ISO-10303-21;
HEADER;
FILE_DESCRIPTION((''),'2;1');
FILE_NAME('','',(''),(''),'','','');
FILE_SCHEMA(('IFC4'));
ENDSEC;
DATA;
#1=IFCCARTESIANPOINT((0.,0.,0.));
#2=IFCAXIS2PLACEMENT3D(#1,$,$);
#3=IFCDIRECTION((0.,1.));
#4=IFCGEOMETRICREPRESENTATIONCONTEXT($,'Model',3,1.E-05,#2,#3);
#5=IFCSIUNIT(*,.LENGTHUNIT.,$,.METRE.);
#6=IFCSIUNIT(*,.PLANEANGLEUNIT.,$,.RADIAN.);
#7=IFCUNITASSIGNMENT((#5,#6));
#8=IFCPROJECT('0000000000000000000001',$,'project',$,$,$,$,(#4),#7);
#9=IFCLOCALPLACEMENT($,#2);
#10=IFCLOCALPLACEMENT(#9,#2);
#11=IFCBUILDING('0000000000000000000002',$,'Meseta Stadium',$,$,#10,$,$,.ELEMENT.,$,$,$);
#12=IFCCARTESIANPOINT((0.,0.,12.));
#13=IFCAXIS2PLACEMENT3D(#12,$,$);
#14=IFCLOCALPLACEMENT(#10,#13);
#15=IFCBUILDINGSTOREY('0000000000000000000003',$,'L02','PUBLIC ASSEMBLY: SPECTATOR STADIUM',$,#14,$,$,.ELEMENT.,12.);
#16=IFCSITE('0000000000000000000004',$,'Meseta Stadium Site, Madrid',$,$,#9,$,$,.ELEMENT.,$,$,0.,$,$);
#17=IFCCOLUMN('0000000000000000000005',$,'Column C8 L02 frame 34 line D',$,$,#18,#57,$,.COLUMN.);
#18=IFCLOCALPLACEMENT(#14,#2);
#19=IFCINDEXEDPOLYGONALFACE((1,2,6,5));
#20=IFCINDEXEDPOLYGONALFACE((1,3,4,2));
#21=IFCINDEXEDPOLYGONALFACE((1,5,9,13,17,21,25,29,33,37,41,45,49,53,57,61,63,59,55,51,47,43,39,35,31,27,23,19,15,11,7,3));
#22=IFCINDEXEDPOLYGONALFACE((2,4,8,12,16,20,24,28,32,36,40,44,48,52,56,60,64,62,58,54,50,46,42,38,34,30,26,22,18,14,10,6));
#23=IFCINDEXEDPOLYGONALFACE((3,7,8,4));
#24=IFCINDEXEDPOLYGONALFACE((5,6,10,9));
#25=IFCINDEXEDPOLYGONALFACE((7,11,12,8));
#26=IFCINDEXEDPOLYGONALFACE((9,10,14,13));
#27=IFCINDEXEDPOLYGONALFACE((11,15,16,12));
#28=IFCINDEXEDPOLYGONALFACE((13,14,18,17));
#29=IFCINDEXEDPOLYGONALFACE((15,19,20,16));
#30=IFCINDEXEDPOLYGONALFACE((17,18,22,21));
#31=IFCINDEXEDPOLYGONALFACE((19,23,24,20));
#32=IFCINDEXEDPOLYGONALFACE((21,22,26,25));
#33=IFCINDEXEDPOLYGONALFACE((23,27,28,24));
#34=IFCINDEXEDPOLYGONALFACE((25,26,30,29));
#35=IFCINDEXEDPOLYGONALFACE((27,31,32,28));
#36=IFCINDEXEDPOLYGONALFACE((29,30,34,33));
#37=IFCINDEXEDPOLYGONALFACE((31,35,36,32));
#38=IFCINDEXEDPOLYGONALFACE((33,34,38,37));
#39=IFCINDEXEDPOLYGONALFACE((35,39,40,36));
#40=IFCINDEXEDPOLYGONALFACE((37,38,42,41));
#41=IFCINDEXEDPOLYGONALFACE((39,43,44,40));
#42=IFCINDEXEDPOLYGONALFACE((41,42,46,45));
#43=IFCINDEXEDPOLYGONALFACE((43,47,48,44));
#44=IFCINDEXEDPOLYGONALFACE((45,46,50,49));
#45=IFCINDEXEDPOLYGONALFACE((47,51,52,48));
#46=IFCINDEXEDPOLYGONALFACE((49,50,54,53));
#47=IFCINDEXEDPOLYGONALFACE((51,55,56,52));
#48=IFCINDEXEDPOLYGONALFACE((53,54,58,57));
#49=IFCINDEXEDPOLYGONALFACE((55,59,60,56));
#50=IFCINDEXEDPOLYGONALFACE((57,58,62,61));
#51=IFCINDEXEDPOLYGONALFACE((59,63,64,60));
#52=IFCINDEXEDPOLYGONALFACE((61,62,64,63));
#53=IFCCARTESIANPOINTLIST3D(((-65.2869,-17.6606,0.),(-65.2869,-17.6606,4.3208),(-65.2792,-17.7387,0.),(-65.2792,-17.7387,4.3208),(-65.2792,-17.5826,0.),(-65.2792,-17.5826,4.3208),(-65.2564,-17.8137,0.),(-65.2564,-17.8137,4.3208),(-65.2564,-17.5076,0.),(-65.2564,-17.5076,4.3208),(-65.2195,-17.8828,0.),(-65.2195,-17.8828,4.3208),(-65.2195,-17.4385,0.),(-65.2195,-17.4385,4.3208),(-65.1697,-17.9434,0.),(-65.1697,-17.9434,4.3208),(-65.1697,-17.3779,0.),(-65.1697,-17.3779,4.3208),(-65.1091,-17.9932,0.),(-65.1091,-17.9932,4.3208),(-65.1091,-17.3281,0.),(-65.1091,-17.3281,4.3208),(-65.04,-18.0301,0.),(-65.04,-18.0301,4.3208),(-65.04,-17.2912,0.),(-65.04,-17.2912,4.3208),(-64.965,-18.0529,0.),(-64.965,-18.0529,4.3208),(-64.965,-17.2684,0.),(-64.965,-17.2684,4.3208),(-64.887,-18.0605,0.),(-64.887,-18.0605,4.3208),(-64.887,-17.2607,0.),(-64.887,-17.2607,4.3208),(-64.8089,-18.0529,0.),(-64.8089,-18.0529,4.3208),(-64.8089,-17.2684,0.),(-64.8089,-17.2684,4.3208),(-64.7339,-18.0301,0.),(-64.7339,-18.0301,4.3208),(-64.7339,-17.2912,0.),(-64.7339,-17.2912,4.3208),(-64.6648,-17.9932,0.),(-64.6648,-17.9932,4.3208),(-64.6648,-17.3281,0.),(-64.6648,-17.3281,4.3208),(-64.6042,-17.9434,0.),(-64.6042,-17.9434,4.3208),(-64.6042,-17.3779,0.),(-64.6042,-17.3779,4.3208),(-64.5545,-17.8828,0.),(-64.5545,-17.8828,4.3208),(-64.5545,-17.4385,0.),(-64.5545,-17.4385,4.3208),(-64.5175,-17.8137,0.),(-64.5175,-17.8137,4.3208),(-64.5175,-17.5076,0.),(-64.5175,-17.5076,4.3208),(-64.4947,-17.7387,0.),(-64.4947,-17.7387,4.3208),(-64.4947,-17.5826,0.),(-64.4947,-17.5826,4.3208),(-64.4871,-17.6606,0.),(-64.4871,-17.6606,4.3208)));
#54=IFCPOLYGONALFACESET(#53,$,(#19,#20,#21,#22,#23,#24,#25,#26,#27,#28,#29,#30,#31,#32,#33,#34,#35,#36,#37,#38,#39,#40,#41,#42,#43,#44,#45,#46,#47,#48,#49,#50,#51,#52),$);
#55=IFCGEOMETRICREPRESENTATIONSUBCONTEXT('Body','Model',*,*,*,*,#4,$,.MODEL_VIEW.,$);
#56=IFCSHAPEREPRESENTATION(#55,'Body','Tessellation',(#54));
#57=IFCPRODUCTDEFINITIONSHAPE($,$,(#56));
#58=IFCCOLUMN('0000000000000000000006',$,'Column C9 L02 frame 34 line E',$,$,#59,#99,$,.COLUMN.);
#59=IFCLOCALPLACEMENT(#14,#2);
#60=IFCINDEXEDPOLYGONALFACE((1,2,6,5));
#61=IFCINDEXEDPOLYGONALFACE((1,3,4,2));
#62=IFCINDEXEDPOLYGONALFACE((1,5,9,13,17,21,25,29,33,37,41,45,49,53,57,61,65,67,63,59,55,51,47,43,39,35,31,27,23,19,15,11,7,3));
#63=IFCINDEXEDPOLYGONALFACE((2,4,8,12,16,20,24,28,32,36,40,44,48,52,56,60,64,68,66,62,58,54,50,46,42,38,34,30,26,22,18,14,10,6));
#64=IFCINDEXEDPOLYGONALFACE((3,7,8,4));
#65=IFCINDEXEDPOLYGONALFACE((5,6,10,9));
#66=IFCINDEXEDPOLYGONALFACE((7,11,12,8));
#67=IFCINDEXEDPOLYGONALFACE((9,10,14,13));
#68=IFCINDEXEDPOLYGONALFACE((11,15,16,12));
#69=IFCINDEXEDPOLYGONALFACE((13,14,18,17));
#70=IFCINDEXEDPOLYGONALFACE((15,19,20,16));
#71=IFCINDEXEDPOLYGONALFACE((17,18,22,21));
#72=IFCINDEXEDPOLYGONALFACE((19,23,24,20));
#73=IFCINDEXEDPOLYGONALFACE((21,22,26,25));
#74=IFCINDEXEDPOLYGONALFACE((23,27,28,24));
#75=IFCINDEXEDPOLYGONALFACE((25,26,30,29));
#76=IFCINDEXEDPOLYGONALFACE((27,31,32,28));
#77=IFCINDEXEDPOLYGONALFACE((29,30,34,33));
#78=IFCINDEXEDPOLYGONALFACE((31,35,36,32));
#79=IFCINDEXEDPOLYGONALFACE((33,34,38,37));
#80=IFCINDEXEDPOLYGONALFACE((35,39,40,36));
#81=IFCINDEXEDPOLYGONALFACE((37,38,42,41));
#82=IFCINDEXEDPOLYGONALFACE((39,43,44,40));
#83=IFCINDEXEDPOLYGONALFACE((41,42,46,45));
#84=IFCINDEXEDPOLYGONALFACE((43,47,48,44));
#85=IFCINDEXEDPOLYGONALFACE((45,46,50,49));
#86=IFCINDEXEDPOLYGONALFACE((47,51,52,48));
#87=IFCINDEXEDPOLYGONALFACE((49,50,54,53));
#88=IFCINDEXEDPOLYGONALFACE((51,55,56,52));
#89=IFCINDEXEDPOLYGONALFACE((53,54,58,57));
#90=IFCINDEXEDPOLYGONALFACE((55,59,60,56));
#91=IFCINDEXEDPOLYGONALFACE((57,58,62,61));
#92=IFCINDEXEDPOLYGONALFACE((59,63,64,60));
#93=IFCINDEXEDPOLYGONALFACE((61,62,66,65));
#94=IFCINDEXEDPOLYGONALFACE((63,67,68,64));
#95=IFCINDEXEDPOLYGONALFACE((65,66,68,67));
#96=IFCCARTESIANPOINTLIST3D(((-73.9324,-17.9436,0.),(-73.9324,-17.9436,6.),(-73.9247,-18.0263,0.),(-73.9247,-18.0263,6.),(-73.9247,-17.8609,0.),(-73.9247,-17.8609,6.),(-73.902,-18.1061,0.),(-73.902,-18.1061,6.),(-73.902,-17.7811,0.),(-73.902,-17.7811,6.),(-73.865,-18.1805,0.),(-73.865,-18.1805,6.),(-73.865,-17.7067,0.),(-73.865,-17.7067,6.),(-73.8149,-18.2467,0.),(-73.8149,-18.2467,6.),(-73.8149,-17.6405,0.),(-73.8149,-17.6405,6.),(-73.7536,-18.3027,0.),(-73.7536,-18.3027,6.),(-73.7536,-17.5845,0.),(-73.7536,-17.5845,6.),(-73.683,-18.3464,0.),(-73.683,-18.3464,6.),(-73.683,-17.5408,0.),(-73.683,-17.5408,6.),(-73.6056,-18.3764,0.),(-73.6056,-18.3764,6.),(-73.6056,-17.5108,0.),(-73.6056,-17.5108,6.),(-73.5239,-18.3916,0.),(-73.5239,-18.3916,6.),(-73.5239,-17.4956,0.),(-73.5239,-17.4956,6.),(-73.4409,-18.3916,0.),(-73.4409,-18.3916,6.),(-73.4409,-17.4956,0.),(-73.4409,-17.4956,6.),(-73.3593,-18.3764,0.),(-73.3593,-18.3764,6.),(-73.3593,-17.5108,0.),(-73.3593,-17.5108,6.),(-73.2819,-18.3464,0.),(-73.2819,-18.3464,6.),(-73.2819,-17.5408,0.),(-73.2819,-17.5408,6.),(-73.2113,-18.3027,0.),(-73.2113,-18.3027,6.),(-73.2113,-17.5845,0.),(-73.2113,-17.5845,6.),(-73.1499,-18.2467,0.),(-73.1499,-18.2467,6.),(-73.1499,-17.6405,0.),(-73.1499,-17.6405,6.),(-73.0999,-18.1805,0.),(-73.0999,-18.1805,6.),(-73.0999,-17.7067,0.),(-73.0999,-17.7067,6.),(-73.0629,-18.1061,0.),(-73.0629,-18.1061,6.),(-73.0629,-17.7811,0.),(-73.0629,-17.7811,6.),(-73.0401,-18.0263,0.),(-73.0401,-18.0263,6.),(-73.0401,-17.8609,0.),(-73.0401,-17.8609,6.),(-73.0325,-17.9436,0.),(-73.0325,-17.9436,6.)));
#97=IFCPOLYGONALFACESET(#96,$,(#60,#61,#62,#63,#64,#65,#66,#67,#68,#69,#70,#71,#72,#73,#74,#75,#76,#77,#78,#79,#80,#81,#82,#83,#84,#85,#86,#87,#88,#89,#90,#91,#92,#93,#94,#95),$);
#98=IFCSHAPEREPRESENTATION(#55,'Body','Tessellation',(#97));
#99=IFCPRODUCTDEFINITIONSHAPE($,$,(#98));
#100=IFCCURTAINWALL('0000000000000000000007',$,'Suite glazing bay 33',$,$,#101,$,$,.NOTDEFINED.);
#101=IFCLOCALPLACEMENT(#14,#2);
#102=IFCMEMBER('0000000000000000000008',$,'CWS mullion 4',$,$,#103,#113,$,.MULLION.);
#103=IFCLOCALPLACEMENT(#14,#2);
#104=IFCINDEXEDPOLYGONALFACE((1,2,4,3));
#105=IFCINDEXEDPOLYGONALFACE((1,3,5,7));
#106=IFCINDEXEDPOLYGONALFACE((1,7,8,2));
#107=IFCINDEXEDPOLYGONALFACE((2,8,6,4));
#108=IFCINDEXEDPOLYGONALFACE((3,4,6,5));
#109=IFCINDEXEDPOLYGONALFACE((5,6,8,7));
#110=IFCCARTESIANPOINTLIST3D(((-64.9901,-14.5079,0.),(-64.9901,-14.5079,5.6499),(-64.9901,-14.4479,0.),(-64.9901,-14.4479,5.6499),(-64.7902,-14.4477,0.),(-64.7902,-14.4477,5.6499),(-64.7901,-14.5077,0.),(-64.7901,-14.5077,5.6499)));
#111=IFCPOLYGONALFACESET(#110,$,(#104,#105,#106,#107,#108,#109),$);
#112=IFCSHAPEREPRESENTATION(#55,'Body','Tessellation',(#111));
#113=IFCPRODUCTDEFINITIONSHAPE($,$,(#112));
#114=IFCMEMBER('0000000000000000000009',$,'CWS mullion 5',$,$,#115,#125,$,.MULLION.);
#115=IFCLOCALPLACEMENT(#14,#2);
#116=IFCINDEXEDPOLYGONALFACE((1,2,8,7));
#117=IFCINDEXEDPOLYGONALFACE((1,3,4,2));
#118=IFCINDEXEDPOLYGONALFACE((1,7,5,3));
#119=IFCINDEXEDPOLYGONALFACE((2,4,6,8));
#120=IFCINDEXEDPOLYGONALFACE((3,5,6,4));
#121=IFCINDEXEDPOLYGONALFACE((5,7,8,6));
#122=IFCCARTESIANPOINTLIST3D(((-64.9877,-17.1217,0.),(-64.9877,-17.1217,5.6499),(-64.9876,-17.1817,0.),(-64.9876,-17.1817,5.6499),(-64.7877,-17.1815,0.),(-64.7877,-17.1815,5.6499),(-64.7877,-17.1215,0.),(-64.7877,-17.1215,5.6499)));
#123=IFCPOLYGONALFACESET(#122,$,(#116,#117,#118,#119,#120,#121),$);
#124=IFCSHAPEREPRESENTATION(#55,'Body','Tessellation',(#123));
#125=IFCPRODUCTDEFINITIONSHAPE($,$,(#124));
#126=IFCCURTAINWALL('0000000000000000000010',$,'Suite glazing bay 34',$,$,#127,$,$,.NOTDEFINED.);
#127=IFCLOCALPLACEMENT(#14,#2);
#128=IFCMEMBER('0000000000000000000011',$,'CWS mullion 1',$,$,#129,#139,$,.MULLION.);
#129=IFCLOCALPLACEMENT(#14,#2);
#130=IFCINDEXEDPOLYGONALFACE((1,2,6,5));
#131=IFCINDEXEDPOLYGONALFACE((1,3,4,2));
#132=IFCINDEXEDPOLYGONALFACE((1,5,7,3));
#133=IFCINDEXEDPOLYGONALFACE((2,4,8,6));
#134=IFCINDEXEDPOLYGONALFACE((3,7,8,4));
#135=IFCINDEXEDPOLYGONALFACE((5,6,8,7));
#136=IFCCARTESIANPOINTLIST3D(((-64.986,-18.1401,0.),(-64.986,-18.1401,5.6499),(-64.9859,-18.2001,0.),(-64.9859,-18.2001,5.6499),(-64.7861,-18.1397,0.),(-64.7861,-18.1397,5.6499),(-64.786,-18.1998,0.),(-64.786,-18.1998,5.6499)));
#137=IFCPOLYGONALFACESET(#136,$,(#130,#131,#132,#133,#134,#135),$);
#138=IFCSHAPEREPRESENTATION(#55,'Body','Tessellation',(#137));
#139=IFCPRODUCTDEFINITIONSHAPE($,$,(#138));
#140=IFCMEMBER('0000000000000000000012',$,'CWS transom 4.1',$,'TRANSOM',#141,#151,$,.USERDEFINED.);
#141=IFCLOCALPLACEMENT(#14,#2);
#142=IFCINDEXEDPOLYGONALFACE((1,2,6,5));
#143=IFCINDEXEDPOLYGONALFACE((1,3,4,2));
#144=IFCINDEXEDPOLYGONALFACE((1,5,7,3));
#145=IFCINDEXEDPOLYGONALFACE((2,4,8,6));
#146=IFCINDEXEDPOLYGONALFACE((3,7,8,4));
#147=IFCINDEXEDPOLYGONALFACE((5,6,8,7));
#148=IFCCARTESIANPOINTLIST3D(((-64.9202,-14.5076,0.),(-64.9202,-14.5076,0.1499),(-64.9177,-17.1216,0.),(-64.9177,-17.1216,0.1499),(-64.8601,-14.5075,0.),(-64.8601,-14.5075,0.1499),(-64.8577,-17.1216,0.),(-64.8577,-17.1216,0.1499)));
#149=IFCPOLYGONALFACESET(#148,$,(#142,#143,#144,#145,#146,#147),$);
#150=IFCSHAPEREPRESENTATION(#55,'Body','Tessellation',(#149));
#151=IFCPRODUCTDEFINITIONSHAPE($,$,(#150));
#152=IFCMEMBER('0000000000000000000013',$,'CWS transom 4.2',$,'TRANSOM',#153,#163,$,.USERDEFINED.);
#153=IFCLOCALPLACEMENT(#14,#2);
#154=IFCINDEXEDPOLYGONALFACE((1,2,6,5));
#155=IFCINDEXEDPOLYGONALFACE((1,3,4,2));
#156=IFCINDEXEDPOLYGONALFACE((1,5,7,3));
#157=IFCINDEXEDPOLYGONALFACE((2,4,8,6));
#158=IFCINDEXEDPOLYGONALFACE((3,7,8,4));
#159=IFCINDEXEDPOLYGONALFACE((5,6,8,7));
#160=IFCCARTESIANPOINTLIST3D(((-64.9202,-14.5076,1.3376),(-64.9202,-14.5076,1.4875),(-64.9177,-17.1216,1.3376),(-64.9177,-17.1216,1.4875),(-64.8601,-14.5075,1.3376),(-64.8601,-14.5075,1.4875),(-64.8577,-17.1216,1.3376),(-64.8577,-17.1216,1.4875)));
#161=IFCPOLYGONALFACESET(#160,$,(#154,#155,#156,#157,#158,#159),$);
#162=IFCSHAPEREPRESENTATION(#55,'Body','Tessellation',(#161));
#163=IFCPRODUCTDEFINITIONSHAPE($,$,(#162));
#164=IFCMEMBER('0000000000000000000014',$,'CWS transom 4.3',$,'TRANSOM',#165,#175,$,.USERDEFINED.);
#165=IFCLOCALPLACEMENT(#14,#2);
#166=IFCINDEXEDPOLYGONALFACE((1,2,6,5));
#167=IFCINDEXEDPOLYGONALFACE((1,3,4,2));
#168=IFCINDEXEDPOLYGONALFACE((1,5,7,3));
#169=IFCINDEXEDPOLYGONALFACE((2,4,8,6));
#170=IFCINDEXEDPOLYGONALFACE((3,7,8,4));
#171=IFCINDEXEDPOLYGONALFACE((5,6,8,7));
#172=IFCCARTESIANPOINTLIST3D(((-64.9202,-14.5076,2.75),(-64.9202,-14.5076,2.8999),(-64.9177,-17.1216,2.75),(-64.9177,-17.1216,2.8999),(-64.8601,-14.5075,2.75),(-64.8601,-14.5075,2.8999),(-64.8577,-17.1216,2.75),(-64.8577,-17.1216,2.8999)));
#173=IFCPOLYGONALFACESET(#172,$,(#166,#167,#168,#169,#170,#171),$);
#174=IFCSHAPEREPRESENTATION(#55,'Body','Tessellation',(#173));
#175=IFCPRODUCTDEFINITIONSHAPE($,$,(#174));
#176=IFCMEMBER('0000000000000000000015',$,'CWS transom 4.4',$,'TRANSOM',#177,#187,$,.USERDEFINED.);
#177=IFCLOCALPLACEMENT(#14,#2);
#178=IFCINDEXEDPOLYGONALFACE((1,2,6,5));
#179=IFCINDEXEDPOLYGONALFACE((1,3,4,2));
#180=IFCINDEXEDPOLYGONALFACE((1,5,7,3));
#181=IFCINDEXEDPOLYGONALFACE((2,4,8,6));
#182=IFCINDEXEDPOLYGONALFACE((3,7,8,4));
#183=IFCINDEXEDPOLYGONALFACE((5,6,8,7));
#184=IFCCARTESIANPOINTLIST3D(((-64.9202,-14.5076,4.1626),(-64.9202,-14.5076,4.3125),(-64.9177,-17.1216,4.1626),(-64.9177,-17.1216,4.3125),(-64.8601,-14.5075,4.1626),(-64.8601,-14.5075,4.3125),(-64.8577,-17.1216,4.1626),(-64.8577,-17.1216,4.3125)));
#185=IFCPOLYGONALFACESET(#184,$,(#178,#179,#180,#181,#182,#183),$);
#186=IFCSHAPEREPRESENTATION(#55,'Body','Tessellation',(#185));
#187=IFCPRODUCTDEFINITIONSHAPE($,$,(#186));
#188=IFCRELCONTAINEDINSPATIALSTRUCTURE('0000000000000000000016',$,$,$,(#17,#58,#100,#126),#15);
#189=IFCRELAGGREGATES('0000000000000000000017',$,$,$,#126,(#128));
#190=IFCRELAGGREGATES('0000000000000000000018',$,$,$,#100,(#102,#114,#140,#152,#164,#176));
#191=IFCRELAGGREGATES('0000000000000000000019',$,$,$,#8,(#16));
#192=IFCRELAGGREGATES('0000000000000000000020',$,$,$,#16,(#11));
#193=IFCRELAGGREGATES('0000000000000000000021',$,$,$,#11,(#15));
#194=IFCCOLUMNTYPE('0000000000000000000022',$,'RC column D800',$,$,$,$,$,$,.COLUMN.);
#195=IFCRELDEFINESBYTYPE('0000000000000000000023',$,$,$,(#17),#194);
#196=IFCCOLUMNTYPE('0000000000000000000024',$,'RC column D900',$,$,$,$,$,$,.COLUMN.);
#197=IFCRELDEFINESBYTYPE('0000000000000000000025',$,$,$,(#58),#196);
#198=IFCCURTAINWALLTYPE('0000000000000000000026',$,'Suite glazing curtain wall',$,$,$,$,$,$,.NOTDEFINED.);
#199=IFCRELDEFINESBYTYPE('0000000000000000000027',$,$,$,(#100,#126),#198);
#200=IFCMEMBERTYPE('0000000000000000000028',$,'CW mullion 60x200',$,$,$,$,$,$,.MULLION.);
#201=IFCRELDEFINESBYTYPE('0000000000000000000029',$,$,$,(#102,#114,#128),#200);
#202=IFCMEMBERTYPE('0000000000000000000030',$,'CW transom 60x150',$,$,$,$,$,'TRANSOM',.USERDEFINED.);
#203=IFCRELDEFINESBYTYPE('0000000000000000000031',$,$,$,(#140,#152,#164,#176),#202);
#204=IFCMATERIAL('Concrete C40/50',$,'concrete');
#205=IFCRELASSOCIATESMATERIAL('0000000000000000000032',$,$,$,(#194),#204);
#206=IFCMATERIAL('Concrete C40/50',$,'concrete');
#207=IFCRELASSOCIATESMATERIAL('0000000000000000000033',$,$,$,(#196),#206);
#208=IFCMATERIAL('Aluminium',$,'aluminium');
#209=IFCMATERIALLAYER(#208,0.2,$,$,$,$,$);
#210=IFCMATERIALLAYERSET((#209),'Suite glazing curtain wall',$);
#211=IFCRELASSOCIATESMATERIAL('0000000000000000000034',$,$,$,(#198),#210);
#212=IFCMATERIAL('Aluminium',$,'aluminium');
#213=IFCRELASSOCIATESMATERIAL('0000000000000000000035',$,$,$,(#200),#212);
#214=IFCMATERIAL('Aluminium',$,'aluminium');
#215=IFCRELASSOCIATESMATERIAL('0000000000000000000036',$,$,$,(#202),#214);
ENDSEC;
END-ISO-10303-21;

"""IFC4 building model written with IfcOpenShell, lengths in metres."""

from ifc_helpers import new_model, si_unit, direction, frame, origin, origin_2d, place, context, subcontext, project, spatial, rectangle, circle, extrude, material, layer, layer_set, material_profile, profile_set, type_object, element, aggregate, save


model = new_model("IFC4")

# Units and contexts
model_context = context("Model", 3, precision=1e-05, world=origin(), true_north=direction((0.0, 1.0)))
body_context = subcontext(model_context, "Body", "Model", "MODEL_VIEW")
ifc_project = project(units=[si_unit("LENGTHUNIT", "METRE"), si_unit("PLANEANGLEUNIT", "RADIAN")], contexts=[model_context])

# Site, building, storey
site_placement = place(None, origin())
site = spatial("IfcSite", under=ifc_project, at=site_placement, Name="Meseta Stadium Site, Madrid", CompositionType="ELEMENT", RefElevation=0.0)
building_placement = place(site_placement, origin())
building = spatial("IfcBuilding", under=site, at=building_placement, Name="Meseta Stadium", CompositionType="ELEMENT")
storey_placement = place(building_placement, frame((0.0, 0.0, 12.0)))
storey = spatial("IfcBuildingStorey", under=building, at=storey_placement, Name="L02", Description="PUBLIC ASSEMBLY: SPECTATOR STADIUM", CompositionType="ELEMENT", Elevation=12.0)

# Columns
ifc_material_1 = material(Name="Concrete C40/50", Category="concrete")
ifc_material_profile_1 = material_profile(ifc_material_1, circle(Radius=0.3999, at=origin_2d()), Name="RC D800")
ifc_profile_set_1 = profile_set([ifc_material_profile_1], Name="Concrete C40/50")
column_type_1 = type_object("IfcColumnType", Name="RC column D800", PredefinedType="COLUMN", material=ifc_profile_set_1)
column_1_placement = place(storey_placement, frame((-64.887, -17.6606, 0.0), z_axis=(0.0, 0.0, 1.0), x_axis=(1.0, 0.0, 0.0)))
element("IfcColumn", 1, at=column_1_placement, inside=storey, type_object=column_type_1, Name="Column C8 L02 frame 34 line D", PredefinedType="COLUMN", context=body_context, shape_type="SweptSolid", body=[
    extrude(circle(Radius=0.3999, at=origin_2d()), origin(), (0.0, 0.0, 1.0), 4.3208),
])
ifc_material_2 = material(Name="Concrete C40/50", Category="concrete")
ifc_material_profile_2 = material_profile(ifc_material_2, circle(Radius=0.45, at=origin_2d()), Name="RC D900")
ifc_profile_set_2 = profile_set([ifc_material_profile_2], Name="Concrete C40/50")
column_type_2 = type_object("IfcColumnType", Name="RC column D900", PredefinedType="COLUMN", material=ifc_profile_set_2)
column_2_placement = place(storey_placement, frame((-73.4824, -17.9436, 0.0), z_axis=(0.0, 0.0, 1.0), x_axis=(1.0, 0.0, 0.0)))
element("IfcColumn", 2, at=column_2_placement, inside=storey, type_object=column_type_2, Name="Column C9 L02 frame 34 line E", PredefinedType="COLUMN", context=body_context, shape_type="SweptSolid", body=[
    extrude(circle(Radius=0.45, at=origin_2d()), origin(), (0.0, 0.0, 1.0), 6.0),
])

# Curtain wall, members
ifc_material_3 = material(Name="Aluminium", Category="aluminium")
ifc_layer_1 = layer(ifc_material_3, 0.2)
ifc_layer_set_1 = layer_set([ifc_layer_1], Name="Suite glazing curtain wall")
curtain_wall_type = type_object("IfcCurtainWallType", Name="Suite glazing curtain wall", PredefinedType="NOTDEFINED", material=ifc_layer_set_1)
curtain_wall_1_placement = place(storey_placement, origin())
curtain_wall_1 = element("IfcCurtainWall", 3, at=curtain_wall_1_placement, inside=storey, type_object=curtain_wall_type, Name="Suite glazing bay 33", PredefinedType="NOTDEFINED")
ifc_material_4 = material(Name="Aluminium", Category="aluminium")
ifc_material_profile_3 = material_profile(ifc_material_4, rectangle(XDim=0.2, YDim=0.0601, at=origin_2d()), Name="CW 200x60")
ifc_profile_set_3 = profile_set([ifc_material_profile_3], Name="Aluminium")
member_type_1 = type_object("IfcMemberType", Name="CW mullion 60x200", PredefinedType="MULLION", material=ifc_profile_set_3)
member_1_placement = place(storey_placement, frame((-64.8901, -14.4778, 0.0), z_axis=(0.0, 0.0, 1.0), x_axis=(1.0, 0.000975, 0.0)))
member_1 = element("IfcMember", 4, at=member_1_placement, type_object=member_type_1, Name="CWS mullion 4", PredefinedType="MULLION", context=body_context, shape_type="SweptSolid", body=[
    extrude(rectangle(XDim=0.2, YDim=0.0601, at=origin_2d()), origin(), (0.0, 0.0, 1.0), 5.6499),
])
member_2_placement = place(storey_placement, frame((-64.8877, -17.1516, 0.0), z_axis=(0.0, 0.0, 1.0), x_axis=(1.0, 0.000975, 0.0)))
member_2 = element("IfcMember", 5, at=member_2_placement, type_object=member_type_1, Name="CWS mullion 5", PredefinedType="MULLION", context=body_context, shape_type="SweptSolid", body=[
    extrude(rectangle(XDim=0.2, YDim=0.0601, at=origin_2d()), origin(), (0.0, 0.0, 1.0), 5.6499),
])

# Curtain wall, member
curtain_wall_2_placement = place(storey_placement, origin())
curtain_wall_2 = element("IfcCurtainWall", 6, at=curtain_wall_2_placement, inside=storey, type_object=curtain_wall_type, Name="Suite glazing bay 34", PredefinedType="NOTDEFINED")
member_3_placement = place(storey_placement, frame((-64.886, -18.1699, 0.0), z_axis=(0.0, 0.0, 1.0), x_axis=(0.999998, 0.001947, 0.0)))
member_3 = element("IfcMember", 7, at=member_3_placement, type_object=member_type_1, Name="CWS mullion 1", PredefinedType="MULLION", context=body_context, shape_type="SweptSolid", body=[
    extrude(rectangle(XDim=0.2, YDim=0.0601, at=origin_2d()), origin(), (0.0, 0.0, 1.0), 5.6499),
])

# Members
ifc_material_5 = material(Name="Aluminium", Category="aluminium")
ifc_material_profile_4 = material_profile(ifc_material_5, rectangle(XDim=0.0601, YDim=0.1499, at=origin_2d()), Name="CW 60x150")
ifc_profile_set_4 = profile_set([ifc_material_profile_4], Name="Aluminium")
member_type_2 = type_object("IfcMemberType", Name="CW transom 60x150", ElementType="TRANSOM", PredefinedType="USERDEFINED", material=ifc_profile_set_4)
member_4_placement = place(storey_placement, frame((-64.8901, -14.5076, 0.075), z_axis=(0.000934, -1.0, 0.0), x_axis=(1.0, 0.000934, 0.0)))
member_4 = element("IfcMember", 8, at=member_4_placement, type_object=member_type_2, Name="CWS transom 4.1", ObjectType="TRANSOM", PredefinedType="USERDEFINED", context=body_context, shape_type="SweptSolid", body=[
    extrude(rectangle(XDim=0.0601, YDim=0.1499, at=origin_2d()), origin(), (0.0, 0.0, 1.0), 2.614),
])
member_5_placement = place(storey_placement, frame((-64.8901, -14.5076, 1.4126), z_axis=(0.000934, -1.0, 0.0), x_axis=(1.0, 0.000934, 0.0)))
member_5 = element("IfcMember", 9, at=member_5_placement, type_object=member_type_2, Name="CWS transom 4.2", ObjectType="TRANSOM", PredefinedType="USERDEFINED", context=body_context, shape_type="SweptSolid", body=[
    extrude(rectangle(XDim=0.0601, YDim=0.1499, at=origin_2d()), origin(), (0.0, 0.0, 1.0), 2.614),
])
member_6_placement = place(storey_placement, frame((-64.8901, -14.5076, 2.825), z_axis=(0.000934, -1.0, 0.0), x_axis=(1.0, 0.000934, 0.0)))
member_6 = element("IfcMember", 10, at=member_6_placement, type_object=member_type_2, Name="CWS transom 4.3", ObjectType="TRANSOM", PredefinedType="USERDEFINED", context=body_context, shape_type="SweptSolid", body=[
    extrude(rectangle(XDim=0.0601, YDim=0.1499, at=origin_2d()), origin(), (0.0, 0.0, 1.0), 2.614),
])
member_7_placement = place(storey_placement, frame((-64.8901, -14.5076, 4.2375), z_axis=(0.000934, -1.0, 0.0), x_axis=(1.0, 0.000934, 0.0)))
member_7 = element("IfcMember", 11, at=member_7_placement, type_object=member_type_2, Name="CWS transom 4.4", ObjectType="TRANSOM", PredefinedType="USERDEFINED", context=body_context, shape_type="SweptSolid", body=[
    extrude(rectangle(XDim=0.0601, YDim=0.1499, at=origin_2d()), origin(), (0.0, 0.0, 1.0), 2.614),
])
aggregate(curtain_wall_2, [member_3])

aggregate(curtain_wall_1, [member_1, member_2, member_4, member_5, member_6, member_7])

save(model, "model.ifc")
